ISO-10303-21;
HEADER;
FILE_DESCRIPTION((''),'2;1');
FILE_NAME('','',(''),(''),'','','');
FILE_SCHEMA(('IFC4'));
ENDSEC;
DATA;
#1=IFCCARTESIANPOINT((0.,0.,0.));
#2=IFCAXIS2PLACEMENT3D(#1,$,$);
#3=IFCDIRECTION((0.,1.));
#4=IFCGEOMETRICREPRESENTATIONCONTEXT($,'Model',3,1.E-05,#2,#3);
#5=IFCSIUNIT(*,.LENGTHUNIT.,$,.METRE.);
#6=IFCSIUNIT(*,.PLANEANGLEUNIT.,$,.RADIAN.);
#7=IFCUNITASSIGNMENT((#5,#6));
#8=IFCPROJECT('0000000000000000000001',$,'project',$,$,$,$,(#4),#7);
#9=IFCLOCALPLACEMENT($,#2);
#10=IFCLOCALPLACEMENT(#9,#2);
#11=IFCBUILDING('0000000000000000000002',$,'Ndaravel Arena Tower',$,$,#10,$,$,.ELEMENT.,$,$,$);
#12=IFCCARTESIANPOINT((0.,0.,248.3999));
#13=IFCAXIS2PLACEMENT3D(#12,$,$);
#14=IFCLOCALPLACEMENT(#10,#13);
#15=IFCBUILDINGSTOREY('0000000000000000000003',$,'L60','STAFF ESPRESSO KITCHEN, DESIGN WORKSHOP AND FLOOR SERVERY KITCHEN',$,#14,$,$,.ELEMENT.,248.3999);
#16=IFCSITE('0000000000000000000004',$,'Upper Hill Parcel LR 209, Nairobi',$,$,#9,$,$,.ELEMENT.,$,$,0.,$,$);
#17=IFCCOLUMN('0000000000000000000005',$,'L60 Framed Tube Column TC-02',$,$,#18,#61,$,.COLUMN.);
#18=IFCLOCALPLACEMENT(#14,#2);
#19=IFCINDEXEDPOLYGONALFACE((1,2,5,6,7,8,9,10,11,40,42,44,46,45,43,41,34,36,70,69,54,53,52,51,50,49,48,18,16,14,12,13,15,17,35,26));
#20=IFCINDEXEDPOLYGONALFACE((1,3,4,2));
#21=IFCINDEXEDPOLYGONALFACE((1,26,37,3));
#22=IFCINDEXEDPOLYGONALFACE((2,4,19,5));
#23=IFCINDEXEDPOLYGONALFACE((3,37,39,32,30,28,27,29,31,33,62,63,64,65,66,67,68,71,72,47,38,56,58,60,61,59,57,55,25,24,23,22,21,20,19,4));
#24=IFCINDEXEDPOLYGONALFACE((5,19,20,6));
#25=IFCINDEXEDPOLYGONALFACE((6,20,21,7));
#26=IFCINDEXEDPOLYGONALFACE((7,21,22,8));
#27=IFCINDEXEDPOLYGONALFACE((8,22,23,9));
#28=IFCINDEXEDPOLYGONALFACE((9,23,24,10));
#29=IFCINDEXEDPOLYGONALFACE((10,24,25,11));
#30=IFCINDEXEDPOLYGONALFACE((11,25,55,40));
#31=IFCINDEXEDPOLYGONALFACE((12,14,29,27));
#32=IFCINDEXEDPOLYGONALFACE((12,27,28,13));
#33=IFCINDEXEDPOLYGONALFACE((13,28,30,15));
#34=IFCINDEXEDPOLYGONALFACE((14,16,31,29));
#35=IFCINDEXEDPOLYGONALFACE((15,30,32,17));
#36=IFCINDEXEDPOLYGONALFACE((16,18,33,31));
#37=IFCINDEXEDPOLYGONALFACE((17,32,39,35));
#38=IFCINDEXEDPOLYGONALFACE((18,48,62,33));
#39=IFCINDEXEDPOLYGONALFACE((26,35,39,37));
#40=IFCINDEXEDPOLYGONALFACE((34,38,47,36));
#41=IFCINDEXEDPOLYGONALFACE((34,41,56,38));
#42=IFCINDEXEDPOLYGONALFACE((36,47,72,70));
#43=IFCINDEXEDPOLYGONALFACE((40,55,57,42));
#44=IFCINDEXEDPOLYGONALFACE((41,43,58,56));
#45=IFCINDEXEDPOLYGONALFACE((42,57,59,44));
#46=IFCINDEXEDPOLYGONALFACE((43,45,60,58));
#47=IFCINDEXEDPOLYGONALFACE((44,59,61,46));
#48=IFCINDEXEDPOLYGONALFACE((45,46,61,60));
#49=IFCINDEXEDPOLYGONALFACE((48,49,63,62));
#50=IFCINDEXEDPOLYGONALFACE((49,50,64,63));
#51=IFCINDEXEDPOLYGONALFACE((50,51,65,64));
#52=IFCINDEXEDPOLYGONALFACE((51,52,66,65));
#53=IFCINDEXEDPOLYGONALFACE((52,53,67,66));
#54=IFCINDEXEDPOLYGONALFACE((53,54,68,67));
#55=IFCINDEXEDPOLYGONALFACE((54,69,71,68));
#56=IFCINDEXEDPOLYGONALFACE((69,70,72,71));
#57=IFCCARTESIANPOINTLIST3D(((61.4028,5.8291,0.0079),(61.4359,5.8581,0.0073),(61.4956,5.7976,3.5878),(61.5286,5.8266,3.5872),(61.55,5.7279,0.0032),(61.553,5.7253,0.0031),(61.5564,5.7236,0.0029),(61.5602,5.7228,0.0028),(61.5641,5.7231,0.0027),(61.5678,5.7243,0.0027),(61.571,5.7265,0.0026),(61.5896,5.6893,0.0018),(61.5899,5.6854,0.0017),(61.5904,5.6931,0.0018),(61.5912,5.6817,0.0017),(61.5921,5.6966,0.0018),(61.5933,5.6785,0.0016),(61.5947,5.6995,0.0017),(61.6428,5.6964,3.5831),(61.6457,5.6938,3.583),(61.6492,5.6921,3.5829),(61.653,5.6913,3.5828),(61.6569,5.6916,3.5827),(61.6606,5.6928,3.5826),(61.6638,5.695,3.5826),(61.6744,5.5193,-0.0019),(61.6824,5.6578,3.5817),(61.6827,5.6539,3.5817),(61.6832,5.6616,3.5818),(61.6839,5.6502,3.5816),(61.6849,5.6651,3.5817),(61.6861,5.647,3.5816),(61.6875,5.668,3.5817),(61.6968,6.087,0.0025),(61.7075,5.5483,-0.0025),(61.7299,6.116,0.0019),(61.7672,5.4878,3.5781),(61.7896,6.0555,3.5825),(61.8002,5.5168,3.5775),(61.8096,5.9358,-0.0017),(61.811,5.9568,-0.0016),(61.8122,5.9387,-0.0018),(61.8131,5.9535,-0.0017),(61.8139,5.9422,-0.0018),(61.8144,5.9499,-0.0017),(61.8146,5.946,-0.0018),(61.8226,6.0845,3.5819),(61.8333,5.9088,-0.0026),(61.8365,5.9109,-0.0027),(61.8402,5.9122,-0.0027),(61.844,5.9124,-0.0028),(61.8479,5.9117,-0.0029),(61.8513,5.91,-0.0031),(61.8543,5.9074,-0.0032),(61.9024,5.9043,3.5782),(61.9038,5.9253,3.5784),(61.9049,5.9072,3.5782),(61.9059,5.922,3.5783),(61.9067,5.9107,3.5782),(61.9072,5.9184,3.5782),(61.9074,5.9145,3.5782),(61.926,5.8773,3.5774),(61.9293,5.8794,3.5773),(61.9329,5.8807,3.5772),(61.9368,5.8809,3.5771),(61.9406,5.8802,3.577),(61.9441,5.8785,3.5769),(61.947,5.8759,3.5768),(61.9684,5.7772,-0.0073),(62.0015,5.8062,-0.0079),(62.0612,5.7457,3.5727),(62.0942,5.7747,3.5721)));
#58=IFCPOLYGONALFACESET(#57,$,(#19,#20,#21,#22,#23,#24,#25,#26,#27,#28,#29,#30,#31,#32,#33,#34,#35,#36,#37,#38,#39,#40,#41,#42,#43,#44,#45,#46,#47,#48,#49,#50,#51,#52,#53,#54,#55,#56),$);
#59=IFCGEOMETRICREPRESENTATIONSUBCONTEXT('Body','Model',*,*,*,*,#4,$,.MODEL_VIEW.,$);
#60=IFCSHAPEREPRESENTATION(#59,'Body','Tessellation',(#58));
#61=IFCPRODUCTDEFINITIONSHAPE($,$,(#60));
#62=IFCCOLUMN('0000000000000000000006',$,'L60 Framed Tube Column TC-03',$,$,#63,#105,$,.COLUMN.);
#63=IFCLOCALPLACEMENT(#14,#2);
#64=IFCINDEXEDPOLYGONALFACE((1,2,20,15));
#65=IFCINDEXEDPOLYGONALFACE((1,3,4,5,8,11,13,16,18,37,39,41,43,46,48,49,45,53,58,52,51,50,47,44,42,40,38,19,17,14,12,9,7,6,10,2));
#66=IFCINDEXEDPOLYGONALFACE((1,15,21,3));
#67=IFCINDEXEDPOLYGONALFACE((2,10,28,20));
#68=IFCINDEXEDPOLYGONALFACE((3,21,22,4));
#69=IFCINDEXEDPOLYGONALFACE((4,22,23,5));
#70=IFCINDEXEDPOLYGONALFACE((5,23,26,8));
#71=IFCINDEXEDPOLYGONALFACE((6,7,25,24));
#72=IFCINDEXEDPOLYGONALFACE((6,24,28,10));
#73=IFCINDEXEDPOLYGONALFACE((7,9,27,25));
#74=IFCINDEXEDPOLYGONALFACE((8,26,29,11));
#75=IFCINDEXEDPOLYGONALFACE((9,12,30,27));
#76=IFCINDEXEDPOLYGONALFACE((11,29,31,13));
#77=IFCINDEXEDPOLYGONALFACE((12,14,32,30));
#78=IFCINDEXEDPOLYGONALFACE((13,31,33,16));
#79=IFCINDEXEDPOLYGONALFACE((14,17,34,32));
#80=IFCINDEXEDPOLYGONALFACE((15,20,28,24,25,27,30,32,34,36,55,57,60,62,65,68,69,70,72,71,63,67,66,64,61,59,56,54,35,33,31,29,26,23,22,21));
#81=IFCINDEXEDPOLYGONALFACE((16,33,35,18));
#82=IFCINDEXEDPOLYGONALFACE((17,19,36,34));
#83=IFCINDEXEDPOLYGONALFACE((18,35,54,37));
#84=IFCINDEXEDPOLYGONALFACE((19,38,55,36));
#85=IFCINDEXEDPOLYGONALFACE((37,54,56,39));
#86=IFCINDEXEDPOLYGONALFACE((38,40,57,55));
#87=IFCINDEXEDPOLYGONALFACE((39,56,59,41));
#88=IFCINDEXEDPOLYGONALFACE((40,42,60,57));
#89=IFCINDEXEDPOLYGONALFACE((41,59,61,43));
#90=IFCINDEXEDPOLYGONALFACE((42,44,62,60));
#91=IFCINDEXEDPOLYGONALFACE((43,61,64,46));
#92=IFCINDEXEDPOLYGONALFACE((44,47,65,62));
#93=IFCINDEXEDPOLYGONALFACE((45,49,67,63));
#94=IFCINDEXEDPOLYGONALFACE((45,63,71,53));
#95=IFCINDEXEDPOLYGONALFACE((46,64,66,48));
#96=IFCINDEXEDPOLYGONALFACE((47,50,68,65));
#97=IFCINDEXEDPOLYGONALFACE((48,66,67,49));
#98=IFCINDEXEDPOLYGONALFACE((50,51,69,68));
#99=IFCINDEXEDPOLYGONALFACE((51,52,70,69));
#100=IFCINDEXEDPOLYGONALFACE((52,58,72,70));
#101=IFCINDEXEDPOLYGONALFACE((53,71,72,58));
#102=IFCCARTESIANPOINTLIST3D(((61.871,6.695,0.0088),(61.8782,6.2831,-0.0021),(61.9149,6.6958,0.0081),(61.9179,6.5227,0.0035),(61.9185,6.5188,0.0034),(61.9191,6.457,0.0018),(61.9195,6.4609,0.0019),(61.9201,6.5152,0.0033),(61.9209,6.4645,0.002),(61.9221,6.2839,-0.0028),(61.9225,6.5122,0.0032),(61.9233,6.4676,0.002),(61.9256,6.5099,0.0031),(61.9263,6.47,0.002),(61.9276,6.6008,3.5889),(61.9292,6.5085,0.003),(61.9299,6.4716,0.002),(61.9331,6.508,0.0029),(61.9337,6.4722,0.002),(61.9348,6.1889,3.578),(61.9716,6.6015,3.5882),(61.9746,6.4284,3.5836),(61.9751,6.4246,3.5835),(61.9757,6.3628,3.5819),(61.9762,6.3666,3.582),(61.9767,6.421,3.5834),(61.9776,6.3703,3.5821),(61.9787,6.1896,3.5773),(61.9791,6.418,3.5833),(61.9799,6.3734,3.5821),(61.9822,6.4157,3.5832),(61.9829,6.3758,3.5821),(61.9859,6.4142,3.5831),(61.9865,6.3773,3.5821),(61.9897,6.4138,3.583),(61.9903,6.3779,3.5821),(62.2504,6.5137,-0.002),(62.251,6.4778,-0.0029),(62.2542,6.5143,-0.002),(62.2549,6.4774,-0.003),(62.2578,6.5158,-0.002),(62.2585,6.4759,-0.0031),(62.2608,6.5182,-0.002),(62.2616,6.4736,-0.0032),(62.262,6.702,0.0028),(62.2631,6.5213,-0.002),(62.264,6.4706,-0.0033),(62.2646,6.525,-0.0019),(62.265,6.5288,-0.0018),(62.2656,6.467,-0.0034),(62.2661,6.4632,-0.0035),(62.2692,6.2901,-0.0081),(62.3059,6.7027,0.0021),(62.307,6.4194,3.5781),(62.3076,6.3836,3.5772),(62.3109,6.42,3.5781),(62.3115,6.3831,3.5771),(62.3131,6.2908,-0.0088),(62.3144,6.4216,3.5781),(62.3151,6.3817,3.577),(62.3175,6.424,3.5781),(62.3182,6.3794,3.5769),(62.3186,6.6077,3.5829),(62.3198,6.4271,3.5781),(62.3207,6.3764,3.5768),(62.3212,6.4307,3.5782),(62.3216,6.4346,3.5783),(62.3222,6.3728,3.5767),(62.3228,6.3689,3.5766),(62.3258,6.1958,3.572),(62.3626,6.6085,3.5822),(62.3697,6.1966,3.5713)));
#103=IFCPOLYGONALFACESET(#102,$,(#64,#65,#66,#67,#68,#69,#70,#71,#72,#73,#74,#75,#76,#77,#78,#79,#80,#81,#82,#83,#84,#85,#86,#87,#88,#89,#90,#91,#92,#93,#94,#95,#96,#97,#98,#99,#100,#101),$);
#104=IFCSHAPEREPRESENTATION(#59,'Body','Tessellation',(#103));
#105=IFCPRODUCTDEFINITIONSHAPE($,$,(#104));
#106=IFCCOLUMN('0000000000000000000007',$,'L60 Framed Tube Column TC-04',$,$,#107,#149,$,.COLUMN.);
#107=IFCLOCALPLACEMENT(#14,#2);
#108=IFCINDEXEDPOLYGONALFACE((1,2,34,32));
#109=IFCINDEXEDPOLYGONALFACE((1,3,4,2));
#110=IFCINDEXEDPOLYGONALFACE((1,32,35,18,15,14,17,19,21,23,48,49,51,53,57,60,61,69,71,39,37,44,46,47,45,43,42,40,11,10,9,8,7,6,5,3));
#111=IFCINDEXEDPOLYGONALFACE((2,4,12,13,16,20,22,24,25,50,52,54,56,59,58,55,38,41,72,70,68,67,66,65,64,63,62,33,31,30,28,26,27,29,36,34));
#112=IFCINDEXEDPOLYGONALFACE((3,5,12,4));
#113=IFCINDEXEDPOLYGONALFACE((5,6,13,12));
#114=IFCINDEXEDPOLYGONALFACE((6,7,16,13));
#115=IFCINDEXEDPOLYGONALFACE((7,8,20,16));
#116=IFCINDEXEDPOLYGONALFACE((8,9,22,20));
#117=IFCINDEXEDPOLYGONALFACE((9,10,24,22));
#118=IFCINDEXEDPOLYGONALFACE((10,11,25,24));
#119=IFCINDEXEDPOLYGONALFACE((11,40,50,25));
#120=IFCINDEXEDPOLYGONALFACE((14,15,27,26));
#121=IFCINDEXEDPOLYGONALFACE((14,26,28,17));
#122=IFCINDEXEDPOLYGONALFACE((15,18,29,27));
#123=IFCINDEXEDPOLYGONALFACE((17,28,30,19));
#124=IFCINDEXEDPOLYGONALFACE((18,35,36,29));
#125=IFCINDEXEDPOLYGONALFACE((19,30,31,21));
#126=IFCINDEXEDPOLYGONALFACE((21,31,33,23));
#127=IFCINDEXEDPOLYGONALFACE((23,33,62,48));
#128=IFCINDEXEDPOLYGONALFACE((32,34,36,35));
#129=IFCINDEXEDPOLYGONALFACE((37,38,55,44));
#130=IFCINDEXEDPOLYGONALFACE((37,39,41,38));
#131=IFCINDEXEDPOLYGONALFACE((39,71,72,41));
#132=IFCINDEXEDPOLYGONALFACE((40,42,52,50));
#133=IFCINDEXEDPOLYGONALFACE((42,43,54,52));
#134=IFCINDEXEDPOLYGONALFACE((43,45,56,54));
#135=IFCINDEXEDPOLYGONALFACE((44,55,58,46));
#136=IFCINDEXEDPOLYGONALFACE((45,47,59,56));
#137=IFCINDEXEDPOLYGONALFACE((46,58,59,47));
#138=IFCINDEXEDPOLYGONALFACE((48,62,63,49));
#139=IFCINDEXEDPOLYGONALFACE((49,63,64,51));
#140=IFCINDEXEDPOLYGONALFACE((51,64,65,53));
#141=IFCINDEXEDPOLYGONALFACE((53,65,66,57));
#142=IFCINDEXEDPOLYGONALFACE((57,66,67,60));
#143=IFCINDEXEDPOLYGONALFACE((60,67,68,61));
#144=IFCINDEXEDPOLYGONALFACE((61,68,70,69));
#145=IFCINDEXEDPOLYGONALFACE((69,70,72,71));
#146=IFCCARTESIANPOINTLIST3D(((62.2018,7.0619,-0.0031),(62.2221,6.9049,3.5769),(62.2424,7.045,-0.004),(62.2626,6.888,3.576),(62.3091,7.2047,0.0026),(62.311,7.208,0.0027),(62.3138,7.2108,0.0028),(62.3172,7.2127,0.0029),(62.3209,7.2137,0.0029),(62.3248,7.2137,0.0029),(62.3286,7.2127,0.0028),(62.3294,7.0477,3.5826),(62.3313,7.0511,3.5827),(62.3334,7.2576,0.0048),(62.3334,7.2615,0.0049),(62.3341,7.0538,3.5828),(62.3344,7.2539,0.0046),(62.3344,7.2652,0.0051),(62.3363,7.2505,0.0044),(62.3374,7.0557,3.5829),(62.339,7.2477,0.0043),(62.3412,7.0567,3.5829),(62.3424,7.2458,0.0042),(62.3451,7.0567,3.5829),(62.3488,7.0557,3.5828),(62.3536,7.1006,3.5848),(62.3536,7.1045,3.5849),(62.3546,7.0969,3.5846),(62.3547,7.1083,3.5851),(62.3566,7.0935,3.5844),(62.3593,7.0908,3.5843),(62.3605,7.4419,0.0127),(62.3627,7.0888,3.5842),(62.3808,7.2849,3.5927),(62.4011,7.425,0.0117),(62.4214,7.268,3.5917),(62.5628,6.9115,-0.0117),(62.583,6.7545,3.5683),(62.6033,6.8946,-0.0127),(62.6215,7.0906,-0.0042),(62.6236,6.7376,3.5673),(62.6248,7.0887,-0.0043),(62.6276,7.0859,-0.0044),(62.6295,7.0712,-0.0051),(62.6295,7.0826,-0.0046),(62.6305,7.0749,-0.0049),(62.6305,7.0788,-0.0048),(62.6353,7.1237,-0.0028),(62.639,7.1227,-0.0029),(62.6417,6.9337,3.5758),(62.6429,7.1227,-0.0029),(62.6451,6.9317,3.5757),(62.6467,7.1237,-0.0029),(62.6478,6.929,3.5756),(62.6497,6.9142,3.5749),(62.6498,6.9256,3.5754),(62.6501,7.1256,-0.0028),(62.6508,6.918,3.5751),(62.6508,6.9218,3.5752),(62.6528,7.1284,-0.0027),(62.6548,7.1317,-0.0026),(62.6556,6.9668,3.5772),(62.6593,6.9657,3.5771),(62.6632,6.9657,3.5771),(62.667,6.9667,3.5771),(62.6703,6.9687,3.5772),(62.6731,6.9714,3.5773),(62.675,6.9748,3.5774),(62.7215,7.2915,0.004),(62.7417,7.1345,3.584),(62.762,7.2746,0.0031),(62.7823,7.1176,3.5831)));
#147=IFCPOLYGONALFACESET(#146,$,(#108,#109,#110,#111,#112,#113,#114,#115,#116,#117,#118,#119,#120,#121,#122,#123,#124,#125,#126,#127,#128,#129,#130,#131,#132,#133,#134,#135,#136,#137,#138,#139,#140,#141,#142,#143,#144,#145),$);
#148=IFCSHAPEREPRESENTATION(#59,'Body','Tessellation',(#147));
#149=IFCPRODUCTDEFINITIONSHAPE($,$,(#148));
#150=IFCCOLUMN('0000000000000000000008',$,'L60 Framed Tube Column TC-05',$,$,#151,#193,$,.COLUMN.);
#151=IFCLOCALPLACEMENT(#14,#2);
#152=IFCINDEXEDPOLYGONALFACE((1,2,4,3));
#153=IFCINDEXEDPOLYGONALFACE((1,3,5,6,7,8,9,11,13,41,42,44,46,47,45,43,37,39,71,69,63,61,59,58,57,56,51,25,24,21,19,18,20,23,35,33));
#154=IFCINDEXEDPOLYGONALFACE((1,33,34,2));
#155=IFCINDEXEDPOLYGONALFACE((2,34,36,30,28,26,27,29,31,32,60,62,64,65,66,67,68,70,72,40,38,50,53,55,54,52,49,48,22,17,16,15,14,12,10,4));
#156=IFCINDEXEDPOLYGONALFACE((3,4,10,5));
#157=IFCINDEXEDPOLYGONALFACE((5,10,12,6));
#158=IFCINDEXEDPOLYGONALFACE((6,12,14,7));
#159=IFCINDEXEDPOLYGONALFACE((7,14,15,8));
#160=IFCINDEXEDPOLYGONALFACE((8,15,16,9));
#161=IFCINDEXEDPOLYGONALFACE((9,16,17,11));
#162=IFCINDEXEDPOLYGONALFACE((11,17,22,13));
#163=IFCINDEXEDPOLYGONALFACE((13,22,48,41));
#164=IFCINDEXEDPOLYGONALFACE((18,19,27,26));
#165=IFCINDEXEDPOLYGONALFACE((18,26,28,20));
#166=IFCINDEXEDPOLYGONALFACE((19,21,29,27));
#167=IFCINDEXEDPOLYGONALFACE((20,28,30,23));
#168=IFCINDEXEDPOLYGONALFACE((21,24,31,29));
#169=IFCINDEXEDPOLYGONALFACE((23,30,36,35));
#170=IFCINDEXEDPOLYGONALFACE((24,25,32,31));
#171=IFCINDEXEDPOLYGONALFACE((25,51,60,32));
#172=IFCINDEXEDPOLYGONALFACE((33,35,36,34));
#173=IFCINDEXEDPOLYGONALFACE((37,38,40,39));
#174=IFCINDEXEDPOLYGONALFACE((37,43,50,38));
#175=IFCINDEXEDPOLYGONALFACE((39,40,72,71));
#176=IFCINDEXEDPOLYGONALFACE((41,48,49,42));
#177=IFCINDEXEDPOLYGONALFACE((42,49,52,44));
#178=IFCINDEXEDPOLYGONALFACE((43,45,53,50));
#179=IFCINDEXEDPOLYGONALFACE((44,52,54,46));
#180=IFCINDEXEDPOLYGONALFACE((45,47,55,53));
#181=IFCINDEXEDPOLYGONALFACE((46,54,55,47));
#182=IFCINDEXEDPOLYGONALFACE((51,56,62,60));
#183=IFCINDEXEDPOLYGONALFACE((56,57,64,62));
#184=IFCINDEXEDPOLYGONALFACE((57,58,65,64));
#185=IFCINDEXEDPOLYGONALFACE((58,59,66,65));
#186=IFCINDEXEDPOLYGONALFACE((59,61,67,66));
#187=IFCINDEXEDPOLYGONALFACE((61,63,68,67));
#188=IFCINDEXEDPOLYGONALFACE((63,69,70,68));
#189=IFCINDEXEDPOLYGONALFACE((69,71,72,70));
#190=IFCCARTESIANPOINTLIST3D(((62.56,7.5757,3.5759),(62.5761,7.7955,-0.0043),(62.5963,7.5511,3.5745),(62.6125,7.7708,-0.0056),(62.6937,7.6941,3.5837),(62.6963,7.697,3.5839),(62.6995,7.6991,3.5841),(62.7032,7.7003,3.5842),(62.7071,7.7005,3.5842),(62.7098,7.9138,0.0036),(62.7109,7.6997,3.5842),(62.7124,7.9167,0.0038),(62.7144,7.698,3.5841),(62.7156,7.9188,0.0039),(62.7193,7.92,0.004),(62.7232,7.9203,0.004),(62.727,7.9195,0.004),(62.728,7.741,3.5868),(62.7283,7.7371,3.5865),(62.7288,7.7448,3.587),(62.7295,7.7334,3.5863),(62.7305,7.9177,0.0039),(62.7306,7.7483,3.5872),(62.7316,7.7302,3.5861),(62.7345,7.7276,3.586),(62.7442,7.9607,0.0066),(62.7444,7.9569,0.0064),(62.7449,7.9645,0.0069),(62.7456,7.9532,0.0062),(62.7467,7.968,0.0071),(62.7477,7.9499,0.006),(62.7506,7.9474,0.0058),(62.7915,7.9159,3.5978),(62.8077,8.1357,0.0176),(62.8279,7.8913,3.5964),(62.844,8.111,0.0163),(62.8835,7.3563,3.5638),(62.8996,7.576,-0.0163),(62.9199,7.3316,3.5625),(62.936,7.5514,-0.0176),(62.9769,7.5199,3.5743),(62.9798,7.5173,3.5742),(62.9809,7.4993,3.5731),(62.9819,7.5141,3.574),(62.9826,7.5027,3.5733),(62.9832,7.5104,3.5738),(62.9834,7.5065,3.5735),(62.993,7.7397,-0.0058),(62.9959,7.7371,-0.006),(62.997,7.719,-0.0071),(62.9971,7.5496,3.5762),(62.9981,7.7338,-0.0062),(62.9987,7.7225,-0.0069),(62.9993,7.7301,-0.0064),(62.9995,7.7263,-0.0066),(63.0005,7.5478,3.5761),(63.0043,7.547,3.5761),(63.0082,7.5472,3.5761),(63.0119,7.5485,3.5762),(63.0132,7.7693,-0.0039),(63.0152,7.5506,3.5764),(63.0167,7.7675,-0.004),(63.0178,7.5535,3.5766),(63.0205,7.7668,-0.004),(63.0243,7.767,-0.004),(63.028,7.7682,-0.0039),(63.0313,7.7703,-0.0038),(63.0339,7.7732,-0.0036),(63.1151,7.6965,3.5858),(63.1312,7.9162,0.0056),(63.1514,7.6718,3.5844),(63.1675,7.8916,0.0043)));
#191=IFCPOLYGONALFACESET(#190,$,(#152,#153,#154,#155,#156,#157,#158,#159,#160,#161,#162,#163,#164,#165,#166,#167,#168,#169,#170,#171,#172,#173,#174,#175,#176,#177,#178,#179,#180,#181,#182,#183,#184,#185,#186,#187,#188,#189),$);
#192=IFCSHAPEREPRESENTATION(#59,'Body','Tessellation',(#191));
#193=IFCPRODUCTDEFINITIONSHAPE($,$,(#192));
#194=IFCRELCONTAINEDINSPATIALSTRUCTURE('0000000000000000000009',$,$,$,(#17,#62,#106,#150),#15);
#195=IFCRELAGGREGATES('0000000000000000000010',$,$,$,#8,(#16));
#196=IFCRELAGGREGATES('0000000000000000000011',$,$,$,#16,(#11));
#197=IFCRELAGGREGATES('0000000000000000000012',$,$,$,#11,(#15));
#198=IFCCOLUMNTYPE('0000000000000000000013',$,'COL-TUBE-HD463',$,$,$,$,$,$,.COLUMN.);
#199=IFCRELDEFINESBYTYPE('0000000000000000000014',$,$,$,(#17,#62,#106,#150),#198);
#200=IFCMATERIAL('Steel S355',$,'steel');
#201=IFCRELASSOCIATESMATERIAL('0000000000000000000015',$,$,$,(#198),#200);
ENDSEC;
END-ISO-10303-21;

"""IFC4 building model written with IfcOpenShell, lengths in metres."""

from ifc_helpers import new_model, si_unit, direction, frame, origin, origin_2d, place, context, subcontext, project, spatial, i_section, extrude, material, material_profile, profile_set, type_object, element, save


model = new_model("IFC4")

# Units and contexts
model_context = context("Model", 3, precision=1e-05, world=origin(), true_north=direction((0.0, 1.0)))
body_context = subcontext(model_context, "Body", "Model", "MODEL_VIEW")
ifc_project = project(units=[si_unit("LENGTHUNIT", "METRE"), si_unit("PLANEANGLEUNIT", "RADIAN")], contexts=[model_context])

# Site, building, storey
site_placement = place(None, origin())
site = spatial("IfcSite", under=ifc_project, at=site_placement, Name="Upper Hill Parcel LR 209, Nairobi", CompositionType="ELEMENT", RefElevation=0.0)
building_placement = place(site_placement, origin())
building = spatial("IfcBuilding", under=site, at=building_placement, Name="Ndaravel Arena Tower", CompositionType="ELEMENT")
storey_placement = place(building_placement, frame((0.0, 0.0, 248.3999)))
storey = spatial("IfcBuildingStorey", under=building, at=storey_placement, Name="L60", Description="STAFF ESPRESSO KITCHEN, DESIGN WORKSHOP AND FLOOR SERVERY KITCHEN", CompositionType="ELEMENT", Elevation=248.3999)

# Columns
ifc_material_1 = material(Name="Steel S355", Category="steel")
ifc_material_profile_1 = material_profile(ifc_material_1, i_section(OverallWidth=0.4121, OverallDepth=0.4351, WebThickness=0.0359, FlangeThickness=0.0439, FilletRadius=0.0149, at=origin_2d()), Name="HD 400x463")
ifc_profile_set_1 = profile_set([ifc_material_profile_1], Name="Steel S355")
column_type = type_object("IfcColumnType", Name="COL-TUBE-HD463", PredefinedType="COLUMN", material=ifc_profile_set_1)
column_1_placement = place(storey_placement, frame((61.7021, 5.8176, 0.0), z_axis=(0.025904, -0.008794, 0.999626), x_axis=(-0.659026, 0.751747, 0.023691)))
element("IfcColumn", 1, at=column_1_placement, inside=storey, type_object=column_type, Name="L60 Framed Tube Column TC-02", PredefinedType="COLUMN", context=body_context, shape_type="SweptSolid", body=[
    extrude(i_section(OverallWidth=0.4121, OverallDepth=0.4351, WebThickness=0.0359, FlangeThickness=0.0439, FilletRadius=0.0149, at=origin_2d()), origin(), (0.0, 0.0, 1.0), 3.5813),
])
column_2_placement = place(storey_placement, frame((62.092, 6.4929, 0.0), z_axis=(0.015814, -0.026311, 0.999529), x_axis=(-0.017371, 0.999496, 0.026585)))
element("IfcColumn", 2, at=column_2_placement, inside=storey, type_object=column_type, Name="L60 Framed Tube Column TC-03", PredefinedType="COLUMN", context=body_context, shape_type="SweptSolid", body=[
    extrude(i_section(OverallWidth=0.4121, OverallDepth=0.4351, WebThickness=0.0359, FlangeThickness=0.0439, FilletRadius=0.0149, at=origin_2d()), origin(), (0.0, 0.0, 1.0), 3.5818),
])
column_3_placement = place(storey_placement, frame((62.4819, 7.1682, 0.0), z_axis=(0.005655, -0.043806, 0.999024), x_axis=(0.385125, 0.922071, 0.038252)))
element("IfcColumn", 3, at=column_3_placement, inside=storey, type_object=column_type, Name="L60 Framed Tube Column TC-04", PredefinedType="COLUMN", context=body_context, shape_type="SweptSolid", body=[
    extrude(i_section(OverallWidth=0.4121, OverallDepth=0.4351, WebThickness=0.0359, FlangeThickness=0.0439, FilletRadius=0.0149, at=origin_2d()), origin(), (0.0, 0.0, 1.0), 3.5835),
])
column_4_placement = place(storey_placement, frame((62.8718, 7.8435, 0.0), z_axis=(-0.004492, -0.061259, 0.998112), x_axis=(0.56188, 0.825507, 0.053194)))
element("IfcColumn", 4, at=column_4_placement, inside=storey, type_object=column_type, Name="L60 Framed Tube Column TC-05", PredefinedType="COLUMN", context=body_context, shape_type="SweptSolid", body=[
    extrude(i_section(OverallWidth=0.4121, OverallDepth=0.4351, WebThickness=0.0359, FlangeThickness=0.0439, FilletRadius=0.0149, at=origin_2d()), origin(), (0.0, 0.0, 1.0), 3.5869),
])

save(model, "model.ifc")
